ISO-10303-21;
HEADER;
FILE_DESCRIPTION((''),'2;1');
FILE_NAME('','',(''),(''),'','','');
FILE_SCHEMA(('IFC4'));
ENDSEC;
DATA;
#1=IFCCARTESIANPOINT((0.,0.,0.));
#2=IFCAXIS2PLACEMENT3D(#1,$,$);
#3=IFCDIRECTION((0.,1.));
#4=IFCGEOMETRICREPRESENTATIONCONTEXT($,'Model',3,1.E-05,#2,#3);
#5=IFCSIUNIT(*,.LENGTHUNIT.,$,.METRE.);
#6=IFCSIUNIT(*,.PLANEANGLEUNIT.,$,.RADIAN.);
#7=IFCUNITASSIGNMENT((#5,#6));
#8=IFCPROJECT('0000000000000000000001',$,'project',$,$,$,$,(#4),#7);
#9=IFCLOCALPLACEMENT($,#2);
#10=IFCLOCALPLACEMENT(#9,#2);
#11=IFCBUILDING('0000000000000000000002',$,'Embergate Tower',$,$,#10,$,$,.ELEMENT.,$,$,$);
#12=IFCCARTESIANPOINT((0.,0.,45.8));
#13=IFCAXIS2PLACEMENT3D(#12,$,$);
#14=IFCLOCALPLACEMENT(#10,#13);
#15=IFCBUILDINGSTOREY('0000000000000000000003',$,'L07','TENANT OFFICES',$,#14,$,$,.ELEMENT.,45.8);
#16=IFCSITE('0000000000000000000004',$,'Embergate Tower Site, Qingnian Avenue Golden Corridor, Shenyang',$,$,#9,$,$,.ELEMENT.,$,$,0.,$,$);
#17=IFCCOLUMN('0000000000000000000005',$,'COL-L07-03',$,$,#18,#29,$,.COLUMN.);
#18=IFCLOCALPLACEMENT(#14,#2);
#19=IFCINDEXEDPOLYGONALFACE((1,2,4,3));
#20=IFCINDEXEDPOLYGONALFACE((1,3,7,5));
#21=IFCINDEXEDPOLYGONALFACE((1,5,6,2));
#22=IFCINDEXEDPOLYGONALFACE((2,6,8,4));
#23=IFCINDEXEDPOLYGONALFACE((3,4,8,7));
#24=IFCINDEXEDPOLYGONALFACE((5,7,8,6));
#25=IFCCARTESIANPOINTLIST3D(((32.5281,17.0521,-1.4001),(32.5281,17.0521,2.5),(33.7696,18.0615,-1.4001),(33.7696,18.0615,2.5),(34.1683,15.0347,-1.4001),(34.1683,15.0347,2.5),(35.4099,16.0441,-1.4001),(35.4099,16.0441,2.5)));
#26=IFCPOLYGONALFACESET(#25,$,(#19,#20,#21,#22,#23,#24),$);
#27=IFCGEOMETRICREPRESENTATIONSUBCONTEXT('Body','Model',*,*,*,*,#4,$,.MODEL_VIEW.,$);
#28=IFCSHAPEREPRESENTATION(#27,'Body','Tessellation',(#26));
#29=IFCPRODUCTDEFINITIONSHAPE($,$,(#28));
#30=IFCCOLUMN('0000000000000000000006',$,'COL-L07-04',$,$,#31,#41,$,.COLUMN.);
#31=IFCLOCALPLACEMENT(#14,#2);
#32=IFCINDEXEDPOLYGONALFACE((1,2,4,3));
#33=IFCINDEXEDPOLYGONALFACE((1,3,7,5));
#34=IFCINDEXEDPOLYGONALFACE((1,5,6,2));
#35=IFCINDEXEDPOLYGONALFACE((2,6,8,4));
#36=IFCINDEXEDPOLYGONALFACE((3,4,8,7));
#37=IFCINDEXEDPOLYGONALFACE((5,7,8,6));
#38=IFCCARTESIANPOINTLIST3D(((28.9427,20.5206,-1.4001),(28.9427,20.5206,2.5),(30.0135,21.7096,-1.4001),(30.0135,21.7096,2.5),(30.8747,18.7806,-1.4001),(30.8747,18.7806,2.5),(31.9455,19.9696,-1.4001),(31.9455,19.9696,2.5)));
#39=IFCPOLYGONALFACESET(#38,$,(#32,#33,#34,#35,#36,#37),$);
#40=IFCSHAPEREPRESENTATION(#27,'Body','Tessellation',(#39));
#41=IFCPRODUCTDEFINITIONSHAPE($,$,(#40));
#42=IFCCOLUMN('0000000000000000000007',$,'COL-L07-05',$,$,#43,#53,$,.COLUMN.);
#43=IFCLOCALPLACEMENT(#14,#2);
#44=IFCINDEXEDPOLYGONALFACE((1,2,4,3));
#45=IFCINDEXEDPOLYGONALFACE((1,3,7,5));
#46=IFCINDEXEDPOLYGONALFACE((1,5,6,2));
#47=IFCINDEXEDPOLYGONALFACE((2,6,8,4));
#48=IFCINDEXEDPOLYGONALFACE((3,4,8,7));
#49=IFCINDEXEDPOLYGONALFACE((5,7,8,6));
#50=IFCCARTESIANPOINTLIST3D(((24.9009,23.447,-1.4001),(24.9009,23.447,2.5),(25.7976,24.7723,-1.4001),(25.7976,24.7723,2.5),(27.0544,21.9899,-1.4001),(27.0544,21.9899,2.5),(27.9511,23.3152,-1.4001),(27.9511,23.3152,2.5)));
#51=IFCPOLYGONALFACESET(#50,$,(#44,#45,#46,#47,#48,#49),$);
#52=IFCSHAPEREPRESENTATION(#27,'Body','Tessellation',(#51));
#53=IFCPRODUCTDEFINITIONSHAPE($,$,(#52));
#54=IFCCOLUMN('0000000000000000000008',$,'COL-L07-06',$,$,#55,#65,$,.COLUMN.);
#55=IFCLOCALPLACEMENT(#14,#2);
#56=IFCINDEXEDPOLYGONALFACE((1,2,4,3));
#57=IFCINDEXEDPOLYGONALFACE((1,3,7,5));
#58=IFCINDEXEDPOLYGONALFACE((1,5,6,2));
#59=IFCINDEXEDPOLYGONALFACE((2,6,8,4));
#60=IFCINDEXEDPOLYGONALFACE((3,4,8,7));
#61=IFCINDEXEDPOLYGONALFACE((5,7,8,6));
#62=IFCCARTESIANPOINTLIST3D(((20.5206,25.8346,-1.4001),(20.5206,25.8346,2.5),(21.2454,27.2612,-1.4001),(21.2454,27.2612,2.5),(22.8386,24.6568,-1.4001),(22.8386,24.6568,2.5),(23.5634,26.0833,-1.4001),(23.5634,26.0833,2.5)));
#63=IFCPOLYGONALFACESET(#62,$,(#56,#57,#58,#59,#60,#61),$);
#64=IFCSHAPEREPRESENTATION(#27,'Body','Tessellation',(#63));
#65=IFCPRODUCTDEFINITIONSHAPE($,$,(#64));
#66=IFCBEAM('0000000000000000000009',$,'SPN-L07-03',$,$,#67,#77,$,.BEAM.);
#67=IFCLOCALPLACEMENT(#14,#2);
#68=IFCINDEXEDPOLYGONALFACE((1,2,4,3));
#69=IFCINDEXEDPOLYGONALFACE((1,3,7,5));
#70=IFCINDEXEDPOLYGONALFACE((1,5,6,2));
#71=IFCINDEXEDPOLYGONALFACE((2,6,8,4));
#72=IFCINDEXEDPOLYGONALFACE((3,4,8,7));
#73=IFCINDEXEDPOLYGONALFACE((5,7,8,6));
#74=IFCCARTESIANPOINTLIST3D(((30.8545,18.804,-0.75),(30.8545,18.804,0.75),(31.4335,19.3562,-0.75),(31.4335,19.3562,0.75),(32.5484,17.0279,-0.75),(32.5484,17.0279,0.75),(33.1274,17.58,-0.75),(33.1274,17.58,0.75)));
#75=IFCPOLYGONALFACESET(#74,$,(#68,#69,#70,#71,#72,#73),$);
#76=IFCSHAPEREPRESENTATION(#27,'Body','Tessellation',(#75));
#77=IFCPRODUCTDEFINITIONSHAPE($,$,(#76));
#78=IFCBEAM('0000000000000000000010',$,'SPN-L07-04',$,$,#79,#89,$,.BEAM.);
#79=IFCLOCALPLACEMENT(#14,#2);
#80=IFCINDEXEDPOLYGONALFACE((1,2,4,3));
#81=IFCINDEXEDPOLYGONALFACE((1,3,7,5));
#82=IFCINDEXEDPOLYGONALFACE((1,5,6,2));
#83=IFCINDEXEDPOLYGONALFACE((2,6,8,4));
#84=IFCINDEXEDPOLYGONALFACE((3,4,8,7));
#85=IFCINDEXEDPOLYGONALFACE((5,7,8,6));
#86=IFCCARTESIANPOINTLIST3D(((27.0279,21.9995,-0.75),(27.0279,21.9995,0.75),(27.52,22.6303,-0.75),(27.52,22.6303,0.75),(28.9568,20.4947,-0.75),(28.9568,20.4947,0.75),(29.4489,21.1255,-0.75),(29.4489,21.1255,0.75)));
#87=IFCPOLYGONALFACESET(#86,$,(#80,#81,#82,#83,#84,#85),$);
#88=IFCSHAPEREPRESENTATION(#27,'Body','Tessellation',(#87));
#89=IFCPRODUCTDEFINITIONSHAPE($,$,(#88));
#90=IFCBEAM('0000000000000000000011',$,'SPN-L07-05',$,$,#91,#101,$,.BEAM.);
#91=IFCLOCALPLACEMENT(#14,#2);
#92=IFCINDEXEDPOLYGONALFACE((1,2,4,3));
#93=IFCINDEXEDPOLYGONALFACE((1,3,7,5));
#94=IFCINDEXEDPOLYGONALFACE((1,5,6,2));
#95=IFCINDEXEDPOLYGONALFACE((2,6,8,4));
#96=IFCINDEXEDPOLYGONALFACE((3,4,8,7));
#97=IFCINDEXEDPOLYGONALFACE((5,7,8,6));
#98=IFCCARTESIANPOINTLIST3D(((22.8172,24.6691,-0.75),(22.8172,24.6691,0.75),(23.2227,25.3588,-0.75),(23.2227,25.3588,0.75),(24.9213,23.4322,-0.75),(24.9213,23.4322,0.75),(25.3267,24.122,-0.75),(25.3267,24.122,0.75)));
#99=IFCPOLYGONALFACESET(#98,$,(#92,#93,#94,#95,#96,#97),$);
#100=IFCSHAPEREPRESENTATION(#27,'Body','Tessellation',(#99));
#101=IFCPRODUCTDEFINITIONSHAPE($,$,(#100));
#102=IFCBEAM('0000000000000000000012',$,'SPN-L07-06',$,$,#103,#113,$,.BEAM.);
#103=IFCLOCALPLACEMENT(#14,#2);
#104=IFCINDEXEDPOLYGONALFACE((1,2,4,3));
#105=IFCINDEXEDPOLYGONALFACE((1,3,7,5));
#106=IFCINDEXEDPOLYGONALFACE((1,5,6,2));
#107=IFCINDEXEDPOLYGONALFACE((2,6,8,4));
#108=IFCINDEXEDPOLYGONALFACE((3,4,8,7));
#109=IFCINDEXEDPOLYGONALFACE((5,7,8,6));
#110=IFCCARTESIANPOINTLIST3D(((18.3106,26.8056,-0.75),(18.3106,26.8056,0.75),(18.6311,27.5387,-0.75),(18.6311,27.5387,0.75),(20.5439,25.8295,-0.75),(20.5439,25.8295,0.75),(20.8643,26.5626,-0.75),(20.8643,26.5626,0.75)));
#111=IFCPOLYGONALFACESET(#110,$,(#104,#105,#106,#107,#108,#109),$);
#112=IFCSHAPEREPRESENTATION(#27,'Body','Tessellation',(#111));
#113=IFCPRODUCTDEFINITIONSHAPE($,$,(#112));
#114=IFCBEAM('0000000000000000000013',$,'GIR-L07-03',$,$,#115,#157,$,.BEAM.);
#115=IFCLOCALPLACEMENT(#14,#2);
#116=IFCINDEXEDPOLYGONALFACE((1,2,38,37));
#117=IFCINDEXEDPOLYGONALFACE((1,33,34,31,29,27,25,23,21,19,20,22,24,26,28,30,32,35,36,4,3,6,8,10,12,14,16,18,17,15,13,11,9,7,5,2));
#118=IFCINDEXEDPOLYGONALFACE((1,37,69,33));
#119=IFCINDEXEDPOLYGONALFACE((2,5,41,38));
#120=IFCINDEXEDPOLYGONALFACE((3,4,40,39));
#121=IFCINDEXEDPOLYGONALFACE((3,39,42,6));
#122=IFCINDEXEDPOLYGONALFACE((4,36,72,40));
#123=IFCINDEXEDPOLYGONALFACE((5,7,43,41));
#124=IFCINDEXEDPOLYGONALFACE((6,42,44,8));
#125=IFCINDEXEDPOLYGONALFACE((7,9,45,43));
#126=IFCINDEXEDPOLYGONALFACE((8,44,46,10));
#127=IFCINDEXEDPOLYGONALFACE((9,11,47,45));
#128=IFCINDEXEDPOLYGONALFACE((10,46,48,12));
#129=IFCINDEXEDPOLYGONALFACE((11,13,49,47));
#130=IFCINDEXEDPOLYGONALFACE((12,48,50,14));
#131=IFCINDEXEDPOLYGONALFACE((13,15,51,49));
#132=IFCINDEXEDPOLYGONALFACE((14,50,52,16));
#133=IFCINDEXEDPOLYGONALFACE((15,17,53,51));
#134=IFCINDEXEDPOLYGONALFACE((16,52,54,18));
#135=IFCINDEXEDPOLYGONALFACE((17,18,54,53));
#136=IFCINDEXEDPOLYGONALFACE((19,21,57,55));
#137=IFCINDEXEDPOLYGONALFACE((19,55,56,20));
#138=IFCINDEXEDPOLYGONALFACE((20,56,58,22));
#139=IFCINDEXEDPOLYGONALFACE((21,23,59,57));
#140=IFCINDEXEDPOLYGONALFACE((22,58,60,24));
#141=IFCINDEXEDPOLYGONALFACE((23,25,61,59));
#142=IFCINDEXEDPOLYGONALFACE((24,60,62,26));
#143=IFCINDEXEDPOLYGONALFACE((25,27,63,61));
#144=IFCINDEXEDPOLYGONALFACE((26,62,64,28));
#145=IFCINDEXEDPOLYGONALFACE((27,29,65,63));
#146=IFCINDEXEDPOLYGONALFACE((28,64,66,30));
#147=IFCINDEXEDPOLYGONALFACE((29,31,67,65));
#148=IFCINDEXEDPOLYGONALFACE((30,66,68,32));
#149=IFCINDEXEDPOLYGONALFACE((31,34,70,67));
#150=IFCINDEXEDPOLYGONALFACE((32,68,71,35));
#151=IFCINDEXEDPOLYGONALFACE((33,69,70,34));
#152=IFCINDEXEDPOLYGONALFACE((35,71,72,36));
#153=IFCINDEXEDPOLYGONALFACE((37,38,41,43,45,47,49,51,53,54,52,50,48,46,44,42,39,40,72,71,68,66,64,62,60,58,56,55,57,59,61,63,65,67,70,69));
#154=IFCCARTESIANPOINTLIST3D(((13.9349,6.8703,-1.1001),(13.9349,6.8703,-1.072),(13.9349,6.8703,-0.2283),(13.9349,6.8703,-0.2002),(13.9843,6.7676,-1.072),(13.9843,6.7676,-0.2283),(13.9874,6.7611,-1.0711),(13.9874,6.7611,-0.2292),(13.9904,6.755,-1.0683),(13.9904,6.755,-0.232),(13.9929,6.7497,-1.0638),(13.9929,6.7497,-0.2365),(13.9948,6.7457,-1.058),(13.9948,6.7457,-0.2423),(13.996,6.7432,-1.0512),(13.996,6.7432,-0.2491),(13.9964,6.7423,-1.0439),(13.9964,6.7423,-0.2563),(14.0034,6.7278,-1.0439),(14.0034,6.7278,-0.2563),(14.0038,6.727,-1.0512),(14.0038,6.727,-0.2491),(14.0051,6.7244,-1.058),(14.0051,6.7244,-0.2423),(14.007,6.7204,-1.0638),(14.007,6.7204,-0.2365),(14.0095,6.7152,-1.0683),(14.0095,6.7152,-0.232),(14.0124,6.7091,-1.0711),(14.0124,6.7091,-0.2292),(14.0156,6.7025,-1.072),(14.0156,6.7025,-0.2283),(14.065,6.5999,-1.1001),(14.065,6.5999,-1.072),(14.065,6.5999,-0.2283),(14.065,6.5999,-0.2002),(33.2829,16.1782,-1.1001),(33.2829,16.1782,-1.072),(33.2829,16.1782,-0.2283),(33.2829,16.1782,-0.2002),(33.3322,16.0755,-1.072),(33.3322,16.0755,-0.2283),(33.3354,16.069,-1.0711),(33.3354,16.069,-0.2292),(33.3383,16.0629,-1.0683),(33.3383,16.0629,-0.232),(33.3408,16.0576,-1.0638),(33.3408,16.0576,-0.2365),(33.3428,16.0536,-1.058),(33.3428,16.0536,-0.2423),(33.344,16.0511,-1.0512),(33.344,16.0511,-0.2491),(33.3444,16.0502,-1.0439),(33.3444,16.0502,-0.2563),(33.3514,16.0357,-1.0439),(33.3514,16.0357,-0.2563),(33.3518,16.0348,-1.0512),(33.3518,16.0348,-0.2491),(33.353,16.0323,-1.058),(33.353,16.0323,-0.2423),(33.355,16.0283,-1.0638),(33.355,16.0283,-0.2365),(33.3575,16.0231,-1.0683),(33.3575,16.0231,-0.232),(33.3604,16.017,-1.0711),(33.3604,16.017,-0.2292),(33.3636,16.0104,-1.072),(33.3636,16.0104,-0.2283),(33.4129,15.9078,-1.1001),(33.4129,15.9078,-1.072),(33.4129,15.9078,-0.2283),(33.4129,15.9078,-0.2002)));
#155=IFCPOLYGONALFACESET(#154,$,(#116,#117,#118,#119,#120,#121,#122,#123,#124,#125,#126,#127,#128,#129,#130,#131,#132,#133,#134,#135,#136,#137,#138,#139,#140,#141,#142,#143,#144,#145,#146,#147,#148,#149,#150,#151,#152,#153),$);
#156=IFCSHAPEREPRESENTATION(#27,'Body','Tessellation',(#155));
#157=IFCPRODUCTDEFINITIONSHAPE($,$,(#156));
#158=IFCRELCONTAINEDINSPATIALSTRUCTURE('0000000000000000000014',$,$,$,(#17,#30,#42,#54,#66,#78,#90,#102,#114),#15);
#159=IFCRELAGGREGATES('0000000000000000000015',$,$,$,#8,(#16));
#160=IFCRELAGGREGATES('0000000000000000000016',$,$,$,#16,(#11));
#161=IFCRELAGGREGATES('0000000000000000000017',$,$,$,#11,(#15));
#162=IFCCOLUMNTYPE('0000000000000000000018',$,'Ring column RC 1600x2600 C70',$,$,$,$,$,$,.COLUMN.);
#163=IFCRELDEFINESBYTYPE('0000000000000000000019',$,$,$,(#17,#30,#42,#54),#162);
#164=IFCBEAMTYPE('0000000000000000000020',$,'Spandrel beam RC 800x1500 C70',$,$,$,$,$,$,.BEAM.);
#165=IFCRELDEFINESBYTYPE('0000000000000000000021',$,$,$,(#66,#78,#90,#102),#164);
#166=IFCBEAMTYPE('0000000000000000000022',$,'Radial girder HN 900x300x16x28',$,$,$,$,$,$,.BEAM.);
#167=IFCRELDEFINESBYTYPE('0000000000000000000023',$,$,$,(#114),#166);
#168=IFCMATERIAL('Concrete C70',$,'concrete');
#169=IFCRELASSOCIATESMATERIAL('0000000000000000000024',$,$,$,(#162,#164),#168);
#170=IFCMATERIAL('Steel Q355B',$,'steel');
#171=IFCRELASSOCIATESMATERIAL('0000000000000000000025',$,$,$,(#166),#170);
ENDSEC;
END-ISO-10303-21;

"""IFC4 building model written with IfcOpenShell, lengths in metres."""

from ifc_helpers import new_model, si_unit, direction, frame, origin, origin_2d, place, context, subcontext, project, spatial, rectangle, i_section, extrude, source, transform, mapped, material, material_profile, profile_set, type_object, element, save


model = new_model("IFC4")

# Units and contexts
model_context = context("Model", 3, precision=1e-05, world=origin(), true_north=direction((0.0, 1.0)))
body_context = subcontext(model_context, "Body", "Model", "MODEL_VIEW")
ifc_project = project(units=[si_unit("LENGTHUNIT", "METRE"), si_unit("PLANEANGLEUNIT", "RADIAN")], contexts=[model_context])

# Site, building, storey
site_placement = place(None, origin())
site = spatial("IfcSite", under=ifc_project, at=site_placement, Name="Embergate Tower Site, Qingnian Avenue Golden Corridor, Shenyang", CompositionType="ELEMENT", RefElevation=0.0)
building_placement = place(site_placement, origin())
building = spatial("IfcBuilding", under=site, at=building_placement, Name="Embergate Tower", CompositionType="ELEMENT")
storey_placement = place(building_placement, frame((0.0, 0.0, 45.8)))
storey = spatial("IfcBuildingStorey", under=building, at=storey_placement, Name="L07", Description="TENANT OFFICES", CompositionType="ELEMENT", Elevation=45.8)

# Columns
ifc_material_1 = material(Name="Concrete C70", Category="concrete")
ifc_material_profile_1 = material_profile(ifc_material_1, rectangle(XDim=1.6001, YDim=2.6001, at=origin_2d()), Name="RC 1600x2600")
ifc_profile_set_1 = profile_set([ifc_material_profile_1], Name="Concrete C70")
column_type = type_object("IfcColumnType", Name="Ring column RC 1600x2600 C70", PredefinedType="COLUMN", material=ifc_profile_set_1)
shared_shape_1 = source(origin(), body_context, "Body", "SweptSolid", [
    extrude(rectangle(XDim=1.6001, YDim=2.6001, at=origin_2d()), origin(), (0.0, 0.0, 1.0), 3.9001),
])
for number, where, z_axis, x_axis, name in (
    (1, (33.969, 16.5481, -1.4001), (0.0, 0.0, 1.0), (0.775914, 0.630838, 0.0), "COL-L07-03"),
    (2, (30.4441, 20.2451, -1.4001), (0.0, 0.0, 1.0), (0.669208, 0.743075, 0.0), "COL-L07-04"),
    (3, (26.426, 23.3811, -1.4001), (0.0, 0.0, 1.0), (0.560393, 0.828227, 0.0), "COL-L07-05"),
    (4, (22.042, 25.959, -1.4001), (0.0, 0.0, 1.0), (0.452995, 0.891513, 0.0), "COL-L07-06"),
):
    element("IfcColumn", number, at=place(storey_placement, frame(where, z_axis=z_axis, x_axis=x_axis)), inside=storey, type_object=column_type, Name=name, PredefinedType="COLUMN", context=body_context, shape_type="MappedRepresentation", body=[
        mapped(shared_shape_1, transform((0.0, 0.0, 0.0))),
    ])

# Beams
ifc_material_profile_2 = material_profile(ifc_material_1, rectangle(XDim=0.8, YDim=1.5, at=origin_2d()), Name="RC 800x1500")
ifc_profile_set_2 = profile_set([ifc_material_profile_2], Name="Concrete C70")
beam_type_1 = type_object("IfcBeamType", Name="Spandrel beam RC 800x1500 C70", PredefinedType="BEAM", material=ifc_profile_set_2)
shared_shape_2 = source(origin(), body_context, "Body", "SweptSolid", [
    extrude(rectangle(XDim=0.8, YDim=1.5, at=origin_2d()), origin(), (0.0, 0.0, 1.0), 2.4543),
])
beam_1_placement = place(storey_placement, frame((32.8379, 17.304, 0.0), z_axis=(-0.690147, 0.723669, 0.0), x_axis=(-0.723669, -0.690147, 0.0)))
element("IfcBeam", 5, at=beam_1_placement, inside=storey, type_object=beam_type_1, Name="SPN-L07-03", PredefinedType="BEAM", context=body_context, shape_type="MappedRepresentation", body=[
    mapped(shared_shape_2, transform((0.0, 0.0, 0.0))),
])
shared_shape_3 = source(origin(), body_context, "Body", "SweptSolid", [
    extrude(rectangle(XDim=0.8, YDim=1.5, at=origin_2d()), origin(), (0.0, 0.0, 1.0), 2.4465),
])
beam_2_placement = place(storey_placement, frame((29.2029, 20.8101, 0.0), z_axis=(-0.788443, 0.615107, 0.0), x_axis=(-0.615107, -0.788443, 0.0)))
element("IfcBeam", 6, at=beam_2_placement, inside=storey, type_object=beam_type_1, Name="SPN-L07-04", PredefinedType="BEAM", context=body_context, shape_type="MappedRepresentation", body=[
    mapped(shared_shape_3, transform((0.0, 0.0, 0.0))),
])
shared_shape_4 = source(origin(), body_context, "Body", "SweptSolid", [
    extrude(rectangle(XDim=0.8, YDim=1.5, at=origin_2d()), origin(), (0.0, 0.0, 1.0), 2.4407),
])
beam_3_placement = place(storey_placement, frame((25.124, 23.7771, 0.0), z_axis=(-0.862083, 0.506767, 0.0), x_axis=(-0.506767, -0.862083, 0.0)))
element("IfcBeam", 7, at=beam_3_placement, inside=storey, type_object=beam_type_1, Name="SPN-L07-05", PredefinedType="BEAM", context=body_context, shape_type="MappedRepresentation", body=[
    mapped(shared_shape_4, transform((0.0, 0.0, 0.0))),
])
shared_shape_5 = source(origin(), body_context, "Body", "SweptSolid", [
    extrude(rectangle(XDim=0.8, YDim=1.5, at=origin_2d()), origin(), (0.0, 0.0, 1.0), 2.4373),
])
beam_4_placement = place(storey_placement, frame((20.7041, 26.196, 0.0), z_axis=(-0.916298, 0.400498, 0.0), x_axis=(-0.400498, -0.916298, 0.0)))
element("IfcBeam", 8, at=beam_4_placement, inside=storey, type_object=beam_type_1, Name="SPN-L07-06", PredefinedType="BEAM", context=body_context, shape_type="MappedRepresentation", body=[
    mapped(shared_shape_5, transform((0.0, 0.0, 0.0))),
])
ifc_material_2 = material(Name="Steel Q355B", Category="steel")
ifc_material_profile_3 = material_profile(ifc_material_2, i_section(OverallWidth=0.3, OverallDepth=0.8999, WebThickness=0.0161, FlangeThickness=0.0281, FilletRadius=0.0281, at=origin_2d()), Name="HN 900x300x16x28")
ifc_profile_set_3 = profile_set([ifc_material_profile_3], Name="Steel Q355 grade B")
beam_type_2 = type_object("IfcBeamType", Name="Radial girder HN 900x300x16x28", PredefinedType="BEAM", material=ifc_profile_set_3)
shared_shape_6 = source(origin(), body_context, "Body", "SweptSolid", [
    extrude(i_section(OverallWidth=0.3, OverallDepth=0.8999, WebThickness=0.0161, FlangeThickness=0.0281, FilletRadius=0.0281, at=origin_2d()), origin(), (0.0, 0.0, 1.0), 21.4705),
])
beam_5_placement = place(storey_placement, frame((33.3479, 16.043, -0.6501), z_axis=(-0.901144, -0.433521, 0.0), x_axis=(0.433521, -0.901144, 0.0)))
element("IfcBeam", 9, at=beam_5_placement, inside=storey, type_object=beam_type_2, Name="GIR-L07-03", PredefinedType="BEAM", context=body_context, shape_type="MappedRepresentation", body=[
    mapped(shared_shape_6, transform((0.0, 0.0, 0.0))),
])

save(model, "model.ifc")
